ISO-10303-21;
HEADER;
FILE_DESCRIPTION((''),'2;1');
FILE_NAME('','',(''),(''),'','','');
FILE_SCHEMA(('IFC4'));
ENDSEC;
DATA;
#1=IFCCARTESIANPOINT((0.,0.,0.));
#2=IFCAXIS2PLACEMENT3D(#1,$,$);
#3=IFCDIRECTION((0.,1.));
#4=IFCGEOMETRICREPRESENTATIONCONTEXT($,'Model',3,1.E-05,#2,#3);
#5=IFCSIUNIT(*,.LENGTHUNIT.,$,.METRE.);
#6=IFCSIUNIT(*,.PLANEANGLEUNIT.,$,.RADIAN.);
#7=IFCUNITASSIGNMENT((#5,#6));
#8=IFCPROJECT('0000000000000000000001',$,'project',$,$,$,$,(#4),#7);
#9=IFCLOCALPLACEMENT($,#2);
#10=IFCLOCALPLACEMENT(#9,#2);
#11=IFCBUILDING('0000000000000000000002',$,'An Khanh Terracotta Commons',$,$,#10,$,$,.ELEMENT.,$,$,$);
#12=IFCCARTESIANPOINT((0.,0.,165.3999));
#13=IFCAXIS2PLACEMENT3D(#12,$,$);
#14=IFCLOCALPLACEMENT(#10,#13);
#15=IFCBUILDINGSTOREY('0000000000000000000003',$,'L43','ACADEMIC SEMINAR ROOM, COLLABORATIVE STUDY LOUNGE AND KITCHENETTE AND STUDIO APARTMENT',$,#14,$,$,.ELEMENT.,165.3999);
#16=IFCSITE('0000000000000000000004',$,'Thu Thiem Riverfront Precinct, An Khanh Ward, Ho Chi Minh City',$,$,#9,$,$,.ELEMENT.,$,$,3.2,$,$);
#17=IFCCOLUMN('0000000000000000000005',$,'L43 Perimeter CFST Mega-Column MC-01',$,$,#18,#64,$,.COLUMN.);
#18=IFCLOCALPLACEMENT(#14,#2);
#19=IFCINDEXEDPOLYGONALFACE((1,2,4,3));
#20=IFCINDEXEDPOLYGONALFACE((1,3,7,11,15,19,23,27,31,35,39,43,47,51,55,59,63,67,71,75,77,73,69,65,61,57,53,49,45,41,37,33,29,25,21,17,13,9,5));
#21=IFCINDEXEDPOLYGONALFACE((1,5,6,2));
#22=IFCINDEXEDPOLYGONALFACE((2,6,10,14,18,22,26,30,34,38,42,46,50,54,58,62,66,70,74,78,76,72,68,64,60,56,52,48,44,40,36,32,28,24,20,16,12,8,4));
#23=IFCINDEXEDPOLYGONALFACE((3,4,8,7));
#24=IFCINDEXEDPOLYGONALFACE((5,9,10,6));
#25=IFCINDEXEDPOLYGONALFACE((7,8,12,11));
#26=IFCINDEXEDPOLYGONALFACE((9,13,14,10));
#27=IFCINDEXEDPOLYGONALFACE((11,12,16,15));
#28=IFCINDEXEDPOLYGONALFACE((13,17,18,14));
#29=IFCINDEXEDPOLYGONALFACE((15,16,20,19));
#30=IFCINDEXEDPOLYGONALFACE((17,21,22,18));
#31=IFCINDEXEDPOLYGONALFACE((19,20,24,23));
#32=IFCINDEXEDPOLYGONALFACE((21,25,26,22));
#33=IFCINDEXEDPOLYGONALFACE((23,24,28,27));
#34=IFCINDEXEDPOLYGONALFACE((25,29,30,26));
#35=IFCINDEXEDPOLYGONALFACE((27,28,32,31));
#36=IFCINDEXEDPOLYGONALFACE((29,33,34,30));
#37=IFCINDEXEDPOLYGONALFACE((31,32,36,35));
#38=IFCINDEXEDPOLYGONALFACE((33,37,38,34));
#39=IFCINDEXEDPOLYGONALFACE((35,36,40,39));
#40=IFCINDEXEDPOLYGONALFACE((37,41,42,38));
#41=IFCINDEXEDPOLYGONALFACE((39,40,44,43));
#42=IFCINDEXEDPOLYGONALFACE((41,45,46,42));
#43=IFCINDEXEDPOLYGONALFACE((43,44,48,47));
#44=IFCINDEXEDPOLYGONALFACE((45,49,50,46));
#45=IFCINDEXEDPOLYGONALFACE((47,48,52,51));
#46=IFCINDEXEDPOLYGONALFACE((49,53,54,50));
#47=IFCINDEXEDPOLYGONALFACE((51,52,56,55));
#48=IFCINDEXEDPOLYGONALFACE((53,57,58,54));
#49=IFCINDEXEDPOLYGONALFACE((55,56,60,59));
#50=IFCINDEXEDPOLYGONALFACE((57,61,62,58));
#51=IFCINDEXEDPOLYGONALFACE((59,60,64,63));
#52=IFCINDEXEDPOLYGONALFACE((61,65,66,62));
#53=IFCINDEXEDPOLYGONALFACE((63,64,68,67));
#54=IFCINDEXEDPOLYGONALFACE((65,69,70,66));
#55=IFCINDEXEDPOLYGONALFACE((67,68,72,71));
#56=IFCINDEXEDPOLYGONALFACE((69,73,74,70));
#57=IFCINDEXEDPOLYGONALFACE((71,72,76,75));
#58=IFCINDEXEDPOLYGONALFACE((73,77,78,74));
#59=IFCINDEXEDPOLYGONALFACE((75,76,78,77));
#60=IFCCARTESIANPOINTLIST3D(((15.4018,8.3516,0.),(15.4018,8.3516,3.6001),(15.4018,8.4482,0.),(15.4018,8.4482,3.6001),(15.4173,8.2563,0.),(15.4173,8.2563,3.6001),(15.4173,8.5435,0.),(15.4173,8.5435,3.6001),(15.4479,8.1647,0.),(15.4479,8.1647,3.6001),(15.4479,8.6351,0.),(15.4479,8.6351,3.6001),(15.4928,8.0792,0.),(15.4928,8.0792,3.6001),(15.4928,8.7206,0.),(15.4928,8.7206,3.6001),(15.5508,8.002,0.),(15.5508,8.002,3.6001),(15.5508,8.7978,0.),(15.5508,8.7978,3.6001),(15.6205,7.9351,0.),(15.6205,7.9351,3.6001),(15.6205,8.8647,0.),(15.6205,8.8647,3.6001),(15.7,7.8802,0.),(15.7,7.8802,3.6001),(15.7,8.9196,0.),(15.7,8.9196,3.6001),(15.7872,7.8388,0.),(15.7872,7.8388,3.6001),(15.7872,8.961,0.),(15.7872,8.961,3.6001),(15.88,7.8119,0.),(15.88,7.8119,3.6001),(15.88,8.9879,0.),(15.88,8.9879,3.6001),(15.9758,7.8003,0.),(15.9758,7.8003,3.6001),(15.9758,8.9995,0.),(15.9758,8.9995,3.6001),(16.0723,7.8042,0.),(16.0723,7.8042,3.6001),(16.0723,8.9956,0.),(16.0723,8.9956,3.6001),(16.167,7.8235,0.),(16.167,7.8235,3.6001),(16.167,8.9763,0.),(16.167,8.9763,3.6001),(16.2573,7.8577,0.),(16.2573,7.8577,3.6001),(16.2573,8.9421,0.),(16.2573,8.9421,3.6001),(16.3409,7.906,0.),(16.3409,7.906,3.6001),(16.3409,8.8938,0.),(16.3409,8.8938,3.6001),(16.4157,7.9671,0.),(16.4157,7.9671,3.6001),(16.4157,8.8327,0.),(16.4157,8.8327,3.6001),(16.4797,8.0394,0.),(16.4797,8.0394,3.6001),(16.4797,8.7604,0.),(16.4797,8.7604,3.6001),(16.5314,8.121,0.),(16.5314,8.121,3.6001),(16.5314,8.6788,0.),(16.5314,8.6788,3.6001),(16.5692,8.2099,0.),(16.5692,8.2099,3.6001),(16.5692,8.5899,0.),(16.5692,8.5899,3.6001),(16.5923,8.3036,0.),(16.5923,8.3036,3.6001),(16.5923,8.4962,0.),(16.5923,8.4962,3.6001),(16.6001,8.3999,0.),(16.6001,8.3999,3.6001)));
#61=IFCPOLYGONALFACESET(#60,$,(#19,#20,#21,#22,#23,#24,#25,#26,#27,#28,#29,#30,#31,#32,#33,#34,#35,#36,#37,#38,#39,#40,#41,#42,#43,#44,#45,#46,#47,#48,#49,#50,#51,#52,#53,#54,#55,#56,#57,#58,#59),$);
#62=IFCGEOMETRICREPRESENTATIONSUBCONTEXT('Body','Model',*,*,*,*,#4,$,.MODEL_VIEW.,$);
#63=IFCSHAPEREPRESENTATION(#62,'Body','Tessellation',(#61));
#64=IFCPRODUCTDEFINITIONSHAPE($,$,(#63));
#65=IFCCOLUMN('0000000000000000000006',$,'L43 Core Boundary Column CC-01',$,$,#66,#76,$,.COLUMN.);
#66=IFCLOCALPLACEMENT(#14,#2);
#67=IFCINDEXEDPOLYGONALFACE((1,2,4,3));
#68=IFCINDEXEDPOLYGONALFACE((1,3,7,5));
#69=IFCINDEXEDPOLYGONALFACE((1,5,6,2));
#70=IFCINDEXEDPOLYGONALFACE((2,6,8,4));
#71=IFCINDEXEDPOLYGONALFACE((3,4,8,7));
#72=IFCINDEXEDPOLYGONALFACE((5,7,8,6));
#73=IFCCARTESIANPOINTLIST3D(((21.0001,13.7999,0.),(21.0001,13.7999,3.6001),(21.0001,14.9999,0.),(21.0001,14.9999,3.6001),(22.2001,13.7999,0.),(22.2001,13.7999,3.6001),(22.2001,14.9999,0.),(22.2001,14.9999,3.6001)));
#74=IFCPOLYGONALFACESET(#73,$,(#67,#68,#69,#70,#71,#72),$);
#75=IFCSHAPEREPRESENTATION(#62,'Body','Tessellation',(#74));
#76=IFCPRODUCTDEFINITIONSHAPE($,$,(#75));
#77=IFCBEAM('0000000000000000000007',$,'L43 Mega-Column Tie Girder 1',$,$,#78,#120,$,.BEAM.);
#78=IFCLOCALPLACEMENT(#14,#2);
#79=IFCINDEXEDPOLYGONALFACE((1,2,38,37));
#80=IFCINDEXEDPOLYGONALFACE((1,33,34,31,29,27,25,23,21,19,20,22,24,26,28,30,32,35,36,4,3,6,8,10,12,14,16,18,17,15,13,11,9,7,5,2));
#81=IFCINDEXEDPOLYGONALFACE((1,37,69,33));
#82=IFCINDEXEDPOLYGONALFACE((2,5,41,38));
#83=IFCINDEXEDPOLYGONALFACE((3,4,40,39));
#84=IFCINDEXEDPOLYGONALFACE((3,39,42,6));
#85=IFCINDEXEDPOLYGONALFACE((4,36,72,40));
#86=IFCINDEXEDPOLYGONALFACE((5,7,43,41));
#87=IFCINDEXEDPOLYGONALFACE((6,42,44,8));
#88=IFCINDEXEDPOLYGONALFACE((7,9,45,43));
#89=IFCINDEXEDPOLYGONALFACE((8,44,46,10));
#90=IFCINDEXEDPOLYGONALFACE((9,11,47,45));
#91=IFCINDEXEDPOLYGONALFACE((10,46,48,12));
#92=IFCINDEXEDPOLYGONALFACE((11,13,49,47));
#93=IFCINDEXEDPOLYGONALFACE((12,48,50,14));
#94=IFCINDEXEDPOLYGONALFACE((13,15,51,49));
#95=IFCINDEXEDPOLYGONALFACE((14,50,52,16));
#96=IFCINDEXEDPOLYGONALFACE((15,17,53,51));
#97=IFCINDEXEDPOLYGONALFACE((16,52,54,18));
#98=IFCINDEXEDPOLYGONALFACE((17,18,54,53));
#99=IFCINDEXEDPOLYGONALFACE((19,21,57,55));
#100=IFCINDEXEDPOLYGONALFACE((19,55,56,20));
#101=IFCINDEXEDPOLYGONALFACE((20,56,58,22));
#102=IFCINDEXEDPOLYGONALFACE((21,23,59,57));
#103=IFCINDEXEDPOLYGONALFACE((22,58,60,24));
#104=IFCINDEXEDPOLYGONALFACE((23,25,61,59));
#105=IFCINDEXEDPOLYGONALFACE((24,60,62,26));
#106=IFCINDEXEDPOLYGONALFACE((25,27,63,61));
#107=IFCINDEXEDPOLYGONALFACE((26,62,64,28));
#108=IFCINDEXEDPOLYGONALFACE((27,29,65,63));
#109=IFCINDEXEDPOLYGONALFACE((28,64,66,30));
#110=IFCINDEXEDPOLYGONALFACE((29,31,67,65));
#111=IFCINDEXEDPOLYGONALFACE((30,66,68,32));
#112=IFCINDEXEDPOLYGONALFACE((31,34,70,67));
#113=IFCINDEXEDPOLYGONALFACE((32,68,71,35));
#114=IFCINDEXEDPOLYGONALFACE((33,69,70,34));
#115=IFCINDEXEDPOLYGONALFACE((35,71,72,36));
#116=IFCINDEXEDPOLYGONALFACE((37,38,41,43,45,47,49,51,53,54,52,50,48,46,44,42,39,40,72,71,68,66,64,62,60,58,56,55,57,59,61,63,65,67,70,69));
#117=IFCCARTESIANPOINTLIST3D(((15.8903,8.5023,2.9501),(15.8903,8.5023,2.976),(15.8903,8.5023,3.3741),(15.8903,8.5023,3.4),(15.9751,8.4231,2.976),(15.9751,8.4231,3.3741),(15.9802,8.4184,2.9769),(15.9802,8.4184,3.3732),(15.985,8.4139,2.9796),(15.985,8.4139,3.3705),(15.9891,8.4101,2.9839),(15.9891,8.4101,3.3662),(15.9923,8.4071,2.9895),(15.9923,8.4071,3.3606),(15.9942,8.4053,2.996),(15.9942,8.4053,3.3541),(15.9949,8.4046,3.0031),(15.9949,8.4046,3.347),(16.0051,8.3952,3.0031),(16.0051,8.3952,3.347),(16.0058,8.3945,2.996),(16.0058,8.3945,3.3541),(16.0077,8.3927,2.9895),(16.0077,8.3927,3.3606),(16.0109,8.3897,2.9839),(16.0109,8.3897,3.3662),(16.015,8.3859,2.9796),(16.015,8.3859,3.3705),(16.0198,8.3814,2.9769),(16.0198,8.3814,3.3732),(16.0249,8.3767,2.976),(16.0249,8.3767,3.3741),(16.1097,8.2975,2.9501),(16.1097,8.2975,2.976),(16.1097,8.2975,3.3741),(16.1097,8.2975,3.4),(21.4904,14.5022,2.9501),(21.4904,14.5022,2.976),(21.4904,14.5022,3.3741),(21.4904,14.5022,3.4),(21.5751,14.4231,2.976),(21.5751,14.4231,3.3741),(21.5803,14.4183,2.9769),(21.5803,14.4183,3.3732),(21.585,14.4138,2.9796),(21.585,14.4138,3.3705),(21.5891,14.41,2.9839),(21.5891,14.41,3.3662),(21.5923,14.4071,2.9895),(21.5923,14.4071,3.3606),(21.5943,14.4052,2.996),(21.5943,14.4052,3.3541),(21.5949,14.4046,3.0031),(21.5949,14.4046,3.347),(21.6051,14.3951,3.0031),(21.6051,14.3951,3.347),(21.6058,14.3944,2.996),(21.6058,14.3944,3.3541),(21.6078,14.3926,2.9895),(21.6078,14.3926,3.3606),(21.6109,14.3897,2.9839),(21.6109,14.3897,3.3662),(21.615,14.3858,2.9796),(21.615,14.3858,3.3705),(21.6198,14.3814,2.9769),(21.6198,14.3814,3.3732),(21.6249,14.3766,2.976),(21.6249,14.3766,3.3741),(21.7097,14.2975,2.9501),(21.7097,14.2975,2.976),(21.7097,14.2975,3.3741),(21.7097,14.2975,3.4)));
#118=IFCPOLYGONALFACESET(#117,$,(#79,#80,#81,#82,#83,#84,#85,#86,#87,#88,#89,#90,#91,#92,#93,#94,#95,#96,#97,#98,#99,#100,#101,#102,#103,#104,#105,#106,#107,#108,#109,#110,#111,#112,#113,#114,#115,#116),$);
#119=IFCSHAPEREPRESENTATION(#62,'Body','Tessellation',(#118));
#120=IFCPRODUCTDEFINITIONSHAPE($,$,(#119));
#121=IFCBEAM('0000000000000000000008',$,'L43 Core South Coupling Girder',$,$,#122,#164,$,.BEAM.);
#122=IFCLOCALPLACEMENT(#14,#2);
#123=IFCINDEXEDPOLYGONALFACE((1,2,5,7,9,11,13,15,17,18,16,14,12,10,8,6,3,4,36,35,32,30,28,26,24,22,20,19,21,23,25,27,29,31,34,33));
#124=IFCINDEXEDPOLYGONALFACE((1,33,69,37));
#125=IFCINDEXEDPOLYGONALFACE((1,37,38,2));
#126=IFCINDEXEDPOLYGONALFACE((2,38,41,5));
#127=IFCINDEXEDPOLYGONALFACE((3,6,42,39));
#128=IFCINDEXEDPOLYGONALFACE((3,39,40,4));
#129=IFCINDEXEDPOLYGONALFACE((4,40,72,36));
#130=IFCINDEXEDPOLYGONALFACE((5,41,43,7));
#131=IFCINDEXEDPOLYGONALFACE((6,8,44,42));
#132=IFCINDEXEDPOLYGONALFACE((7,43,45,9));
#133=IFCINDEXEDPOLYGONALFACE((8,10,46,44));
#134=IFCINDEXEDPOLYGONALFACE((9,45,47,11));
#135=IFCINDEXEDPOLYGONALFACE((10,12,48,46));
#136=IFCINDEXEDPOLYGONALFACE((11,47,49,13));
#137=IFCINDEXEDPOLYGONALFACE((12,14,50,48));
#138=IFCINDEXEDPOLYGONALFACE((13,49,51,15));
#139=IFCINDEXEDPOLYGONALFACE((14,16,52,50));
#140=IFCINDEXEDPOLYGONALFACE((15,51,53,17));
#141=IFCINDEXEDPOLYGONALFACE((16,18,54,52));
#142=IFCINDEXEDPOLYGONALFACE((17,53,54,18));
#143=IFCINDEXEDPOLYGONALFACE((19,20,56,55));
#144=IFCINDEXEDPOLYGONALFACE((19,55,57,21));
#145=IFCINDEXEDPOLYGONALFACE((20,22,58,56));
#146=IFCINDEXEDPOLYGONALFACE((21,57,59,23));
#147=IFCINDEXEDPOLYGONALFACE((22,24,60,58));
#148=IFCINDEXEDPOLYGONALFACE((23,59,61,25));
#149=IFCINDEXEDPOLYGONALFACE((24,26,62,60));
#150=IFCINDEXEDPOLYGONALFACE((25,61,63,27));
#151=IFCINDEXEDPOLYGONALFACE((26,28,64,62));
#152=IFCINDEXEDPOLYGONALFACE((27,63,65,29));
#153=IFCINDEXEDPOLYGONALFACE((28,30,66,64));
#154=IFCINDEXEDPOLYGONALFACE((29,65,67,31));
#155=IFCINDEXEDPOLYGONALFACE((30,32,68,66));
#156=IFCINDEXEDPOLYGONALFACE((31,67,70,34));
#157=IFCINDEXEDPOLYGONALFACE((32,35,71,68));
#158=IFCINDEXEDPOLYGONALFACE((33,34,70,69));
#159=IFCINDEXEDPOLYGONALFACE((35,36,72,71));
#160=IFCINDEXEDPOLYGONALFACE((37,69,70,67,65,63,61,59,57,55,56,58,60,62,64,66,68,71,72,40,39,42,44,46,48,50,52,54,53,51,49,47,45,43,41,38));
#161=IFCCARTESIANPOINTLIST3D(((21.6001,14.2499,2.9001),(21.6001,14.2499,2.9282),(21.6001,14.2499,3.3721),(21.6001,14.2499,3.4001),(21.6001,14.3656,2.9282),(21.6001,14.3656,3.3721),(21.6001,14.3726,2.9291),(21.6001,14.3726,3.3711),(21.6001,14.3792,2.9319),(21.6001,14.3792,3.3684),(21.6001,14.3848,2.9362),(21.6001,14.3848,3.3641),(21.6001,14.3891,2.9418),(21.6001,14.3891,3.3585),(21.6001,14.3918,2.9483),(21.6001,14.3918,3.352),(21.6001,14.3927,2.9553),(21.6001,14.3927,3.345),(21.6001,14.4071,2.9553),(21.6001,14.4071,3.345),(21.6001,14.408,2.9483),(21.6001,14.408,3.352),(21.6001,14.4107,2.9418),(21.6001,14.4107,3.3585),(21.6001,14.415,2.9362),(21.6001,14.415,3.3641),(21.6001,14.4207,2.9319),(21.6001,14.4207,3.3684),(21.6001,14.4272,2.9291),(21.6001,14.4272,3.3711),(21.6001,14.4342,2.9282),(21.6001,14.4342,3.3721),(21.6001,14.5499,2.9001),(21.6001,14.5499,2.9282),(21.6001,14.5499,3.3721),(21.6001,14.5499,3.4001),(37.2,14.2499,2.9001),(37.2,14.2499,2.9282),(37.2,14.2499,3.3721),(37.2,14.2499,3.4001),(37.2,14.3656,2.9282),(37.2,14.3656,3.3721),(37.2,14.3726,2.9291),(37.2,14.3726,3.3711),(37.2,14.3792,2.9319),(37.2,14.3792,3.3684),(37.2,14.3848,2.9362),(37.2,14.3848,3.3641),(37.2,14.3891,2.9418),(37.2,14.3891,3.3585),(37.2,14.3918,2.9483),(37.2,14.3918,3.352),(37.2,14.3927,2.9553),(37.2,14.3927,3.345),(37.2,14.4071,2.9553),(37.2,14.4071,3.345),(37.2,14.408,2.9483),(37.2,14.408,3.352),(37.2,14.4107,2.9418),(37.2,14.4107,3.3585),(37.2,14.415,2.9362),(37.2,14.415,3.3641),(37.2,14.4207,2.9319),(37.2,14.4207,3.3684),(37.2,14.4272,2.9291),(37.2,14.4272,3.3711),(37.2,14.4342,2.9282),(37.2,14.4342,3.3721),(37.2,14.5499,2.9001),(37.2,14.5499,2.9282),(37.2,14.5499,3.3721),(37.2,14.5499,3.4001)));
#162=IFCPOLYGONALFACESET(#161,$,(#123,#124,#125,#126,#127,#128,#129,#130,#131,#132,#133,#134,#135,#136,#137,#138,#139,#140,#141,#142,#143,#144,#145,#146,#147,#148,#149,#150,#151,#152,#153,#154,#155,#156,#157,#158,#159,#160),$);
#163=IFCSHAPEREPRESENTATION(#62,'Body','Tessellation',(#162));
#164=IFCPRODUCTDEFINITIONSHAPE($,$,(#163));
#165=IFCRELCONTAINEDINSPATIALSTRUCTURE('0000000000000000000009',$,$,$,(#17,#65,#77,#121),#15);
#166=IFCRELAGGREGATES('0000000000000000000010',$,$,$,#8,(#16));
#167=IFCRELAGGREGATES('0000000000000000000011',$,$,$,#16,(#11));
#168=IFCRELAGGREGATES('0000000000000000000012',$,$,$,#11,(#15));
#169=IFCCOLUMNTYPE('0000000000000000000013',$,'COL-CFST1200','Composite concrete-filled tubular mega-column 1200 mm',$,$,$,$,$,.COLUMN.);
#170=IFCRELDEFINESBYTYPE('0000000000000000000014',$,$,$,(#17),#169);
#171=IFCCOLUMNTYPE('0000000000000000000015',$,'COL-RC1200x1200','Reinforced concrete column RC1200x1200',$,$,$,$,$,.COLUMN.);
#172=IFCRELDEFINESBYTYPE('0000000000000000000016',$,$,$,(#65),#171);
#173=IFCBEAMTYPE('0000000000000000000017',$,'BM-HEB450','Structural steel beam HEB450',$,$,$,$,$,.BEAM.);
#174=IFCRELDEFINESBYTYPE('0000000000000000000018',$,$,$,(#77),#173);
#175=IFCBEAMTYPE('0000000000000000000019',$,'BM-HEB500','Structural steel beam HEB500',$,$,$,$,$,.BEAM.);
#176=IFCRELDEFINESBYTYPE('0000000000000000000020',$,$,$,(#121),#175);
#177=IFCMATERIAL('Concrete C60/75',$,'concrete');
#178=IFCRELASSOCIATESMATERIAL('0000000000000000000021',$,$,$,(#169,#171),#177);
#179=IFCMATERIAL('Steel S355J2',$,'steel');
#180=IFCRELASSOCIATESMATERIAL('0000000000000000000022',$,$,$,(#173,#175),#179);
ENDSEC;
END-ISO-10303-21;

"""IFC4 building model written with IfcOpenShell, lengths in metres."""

from ifc_helpers import new_model, si_unit, direction, frame, origin, origin_2d, place, context, subcontext, project, spatial, rectangle, circle, i_section, extrude, material, material_profile, profile_set, type_object, element, save


model = new_model("IFC4")

# Units and contexts
model_context = context("Model", 3, precision=1e-05, world=origin(), true_north=direction((0.0, 1.0)))
body_context = subcontext(model_context, "Body", "Model", "MODEL_VIEW")
ifc_project = project(units=[si_unit("LENGTHUNIT", "METRE"), si_unit("PLANEANGLEUNIT", "RADIAN")], contexts=[model_context])

# Site, building, storey
site_placement = place(None, origin())
site = spatial("IfcSite", under=ifc_project, at=site_placement, Name="Thu Thiem Riverfront Precinct, An Khanh Ward, Ho Chi Minh City", CompositionType="ELEMENT", RefElevation=3.2)
building_placement = place(site_placement, origin())
building = spatial("IfcBuilding", under=site, at=building_placement, Name="An Khanh Terracotta Commons", CompositionType="ELEMENT")
storey_placement = place(building_placement, frame((0.0, 0.0, 165.3999)))
storey = spatial("IfcBuildingStorey", under=building, at=storey_placement, Name="L43", Description="ACADEMIC SEMINAR ROOM, COLLABORATIVE STUDY LOUNGE AND KITCHENETTE AND STUDIO APARTMENT", CompositionType="ELEMENT", Elevation=165.3999)

# Columns
ifc_material_1 = material(Name="Concrete C60/75", Category="concrete")
ifc_material_profile_1 = material_profile(ifc_material_1, circle(Radius=0.6001, at=origin_2d()), Name="CFST1200")
ifc_profile_set_1 = profile_set([ifc_material_profile_1], Name="Concrete C60/75")
column_type_1 = type_object("IfcColumnType", Name="COL-CFST1200", Description="Composite concrete-filled tubular mega-column 1200 mm", PredefinedType="COLUMN", material=ifc_profile_set_1)
column_1_placement = place(storey_placement, frame((16.0, 8.3999, 0.0), z_axis=(0.0, 0.0, 1.0), x_axis=(1.0, 0.0, 0.0)))
element("IfcColumn", 1, at=column_1_placement, inside=storey, type_object=column_type_1, Name="L43 Perimeter CFST Mega-Column MC-01", PredefinedType="COLUMN", context=body_context, shape_type="SweptSolid", body=[
    extrude(circle(Radius=0.6001, at=origin_2d()), origin(), (0.0, 0.0, 1.0), 3.6001),
])
ifc_material_profile_2 = material_profile(ifc_material_1, rectangle(XDim=1.2, YDim=1.2, at=origin_2d()), Name="RC1200x1200")
ifc_profile_set_2 = profile_set([ifc_material_profile_2], Name="Concrete C60/75")
column_type_2 = type_object("IfcColumnType", Name="COL-RC1200x1200", Description="Reinforced concrete column RC1200x1200", PredefinedType="COLUMN", material=ifc_profile_set_2)
column_2_placement = place(storey_placement, frame((21.6001, 14.3999, 0.0), z_axis=(0.0, 0.0, 1.0), x_axis=(1.0, 0.0, 0.0)))
element("IfcColumn", 2, at=column_2_placement, inside=storey, type_object=column_type_2, Name="L43 Core Boundary Column CC-01", PredefinedType="COLUMN", context=body_context, shape_type="SweptSolid", body=[
    extrude(rectangle(XDim=1.2, YDim=1.2, at=origin_2d()), origin(), (0.0, 0.0, 1.0), 3.6001),
])

# Beams
ifc_material_2 = material(Name="Steel S355J2", Category="steel")
ifc_material_profile_3 = material_profile(ifc_material_2, i_section(OverallWidth=0.3, OverallDepth=0.45, WebThickness=0.0139, FlangeThickness=0.0259, FilletRadius=0.0271, at=origin_2d()), Name="HEB450")
ifc_profile_set_3 = profile_set([ifc_material_profile_3], Name="Steel S355J2")
beam_type_1 = type_object("IfcBeamType", Name="BM-HEB450", Description="Structural steel beam HEB450", PredefinedType="BEAM", material=ifc_profile_set_3)
beam_1_placement = place(storey_placement, frame((16.0, 8.3999, 3.175), z_axis=(0.682325, 0.731049, 0.0), x_axis=(-0.731049, 0.682325, 0.0)))
element("IfcBeam", 3, at=beam_1_placement, inside=storey, type_object=beam_type_1, Name="L43 Mega-Column Tie Girder 1", PredefinedType="BEAM", context=body_context, shape_type="SweptSolid", body=[
    extrude(i_section(OverallWidth=0.3, OverallDepth=0.45, WebThickness=0.0139, FlangeThickness=0.0259, FilletRadius=0.0271, at=origin_2d()), origin(), (0.0, 0.0, 1.0), 8.2073),
])
ifc_material_profile_4 = material_profile(ifc_material_2, i_section(OverallWidth=0.3, OverallDepth=0.5, WebThickness=0.0144, FlangeThickness=0.0281, FilletRadius=0.0271, at=origin_2d()), Name="HEB500")
ifc_profile_set_4 = profile_set([ifc_material_profile_4], Name="Steel S355J2")
beam_type_2 = type_object("IfcBeamType", Name="BM-HEB500", Description="Structural steel beam HEB500", PredefinedType="BEAM", material=ifc_profile_set_4)
beam_2_placement = place(storey_placement, frame((21.6001, 14.3999, 3.1501), z_axis=(1.0, 0.0, 0.0), x_axis=(0.0, 1.0, 0.0)))
element("IfcBeam", 4, at=beam_2_placement, inside=storey, type_object=beam_type_2, Name="L43 Core South Coupling Girder", PredefinedType="BEAM", context=body_context, shape_type="SweptSolid", body=[
    extrude(i_section(OverallWidth=0.3, OverallDepth=0.5, WebThickness=0.0144, FlangeThickness=0.0281, FilletRadius=0.0271, at=origin_2d()), origin(), (0.0, 0.0, 1.0), 15.5999),
])

save(model, "model.ifc")
